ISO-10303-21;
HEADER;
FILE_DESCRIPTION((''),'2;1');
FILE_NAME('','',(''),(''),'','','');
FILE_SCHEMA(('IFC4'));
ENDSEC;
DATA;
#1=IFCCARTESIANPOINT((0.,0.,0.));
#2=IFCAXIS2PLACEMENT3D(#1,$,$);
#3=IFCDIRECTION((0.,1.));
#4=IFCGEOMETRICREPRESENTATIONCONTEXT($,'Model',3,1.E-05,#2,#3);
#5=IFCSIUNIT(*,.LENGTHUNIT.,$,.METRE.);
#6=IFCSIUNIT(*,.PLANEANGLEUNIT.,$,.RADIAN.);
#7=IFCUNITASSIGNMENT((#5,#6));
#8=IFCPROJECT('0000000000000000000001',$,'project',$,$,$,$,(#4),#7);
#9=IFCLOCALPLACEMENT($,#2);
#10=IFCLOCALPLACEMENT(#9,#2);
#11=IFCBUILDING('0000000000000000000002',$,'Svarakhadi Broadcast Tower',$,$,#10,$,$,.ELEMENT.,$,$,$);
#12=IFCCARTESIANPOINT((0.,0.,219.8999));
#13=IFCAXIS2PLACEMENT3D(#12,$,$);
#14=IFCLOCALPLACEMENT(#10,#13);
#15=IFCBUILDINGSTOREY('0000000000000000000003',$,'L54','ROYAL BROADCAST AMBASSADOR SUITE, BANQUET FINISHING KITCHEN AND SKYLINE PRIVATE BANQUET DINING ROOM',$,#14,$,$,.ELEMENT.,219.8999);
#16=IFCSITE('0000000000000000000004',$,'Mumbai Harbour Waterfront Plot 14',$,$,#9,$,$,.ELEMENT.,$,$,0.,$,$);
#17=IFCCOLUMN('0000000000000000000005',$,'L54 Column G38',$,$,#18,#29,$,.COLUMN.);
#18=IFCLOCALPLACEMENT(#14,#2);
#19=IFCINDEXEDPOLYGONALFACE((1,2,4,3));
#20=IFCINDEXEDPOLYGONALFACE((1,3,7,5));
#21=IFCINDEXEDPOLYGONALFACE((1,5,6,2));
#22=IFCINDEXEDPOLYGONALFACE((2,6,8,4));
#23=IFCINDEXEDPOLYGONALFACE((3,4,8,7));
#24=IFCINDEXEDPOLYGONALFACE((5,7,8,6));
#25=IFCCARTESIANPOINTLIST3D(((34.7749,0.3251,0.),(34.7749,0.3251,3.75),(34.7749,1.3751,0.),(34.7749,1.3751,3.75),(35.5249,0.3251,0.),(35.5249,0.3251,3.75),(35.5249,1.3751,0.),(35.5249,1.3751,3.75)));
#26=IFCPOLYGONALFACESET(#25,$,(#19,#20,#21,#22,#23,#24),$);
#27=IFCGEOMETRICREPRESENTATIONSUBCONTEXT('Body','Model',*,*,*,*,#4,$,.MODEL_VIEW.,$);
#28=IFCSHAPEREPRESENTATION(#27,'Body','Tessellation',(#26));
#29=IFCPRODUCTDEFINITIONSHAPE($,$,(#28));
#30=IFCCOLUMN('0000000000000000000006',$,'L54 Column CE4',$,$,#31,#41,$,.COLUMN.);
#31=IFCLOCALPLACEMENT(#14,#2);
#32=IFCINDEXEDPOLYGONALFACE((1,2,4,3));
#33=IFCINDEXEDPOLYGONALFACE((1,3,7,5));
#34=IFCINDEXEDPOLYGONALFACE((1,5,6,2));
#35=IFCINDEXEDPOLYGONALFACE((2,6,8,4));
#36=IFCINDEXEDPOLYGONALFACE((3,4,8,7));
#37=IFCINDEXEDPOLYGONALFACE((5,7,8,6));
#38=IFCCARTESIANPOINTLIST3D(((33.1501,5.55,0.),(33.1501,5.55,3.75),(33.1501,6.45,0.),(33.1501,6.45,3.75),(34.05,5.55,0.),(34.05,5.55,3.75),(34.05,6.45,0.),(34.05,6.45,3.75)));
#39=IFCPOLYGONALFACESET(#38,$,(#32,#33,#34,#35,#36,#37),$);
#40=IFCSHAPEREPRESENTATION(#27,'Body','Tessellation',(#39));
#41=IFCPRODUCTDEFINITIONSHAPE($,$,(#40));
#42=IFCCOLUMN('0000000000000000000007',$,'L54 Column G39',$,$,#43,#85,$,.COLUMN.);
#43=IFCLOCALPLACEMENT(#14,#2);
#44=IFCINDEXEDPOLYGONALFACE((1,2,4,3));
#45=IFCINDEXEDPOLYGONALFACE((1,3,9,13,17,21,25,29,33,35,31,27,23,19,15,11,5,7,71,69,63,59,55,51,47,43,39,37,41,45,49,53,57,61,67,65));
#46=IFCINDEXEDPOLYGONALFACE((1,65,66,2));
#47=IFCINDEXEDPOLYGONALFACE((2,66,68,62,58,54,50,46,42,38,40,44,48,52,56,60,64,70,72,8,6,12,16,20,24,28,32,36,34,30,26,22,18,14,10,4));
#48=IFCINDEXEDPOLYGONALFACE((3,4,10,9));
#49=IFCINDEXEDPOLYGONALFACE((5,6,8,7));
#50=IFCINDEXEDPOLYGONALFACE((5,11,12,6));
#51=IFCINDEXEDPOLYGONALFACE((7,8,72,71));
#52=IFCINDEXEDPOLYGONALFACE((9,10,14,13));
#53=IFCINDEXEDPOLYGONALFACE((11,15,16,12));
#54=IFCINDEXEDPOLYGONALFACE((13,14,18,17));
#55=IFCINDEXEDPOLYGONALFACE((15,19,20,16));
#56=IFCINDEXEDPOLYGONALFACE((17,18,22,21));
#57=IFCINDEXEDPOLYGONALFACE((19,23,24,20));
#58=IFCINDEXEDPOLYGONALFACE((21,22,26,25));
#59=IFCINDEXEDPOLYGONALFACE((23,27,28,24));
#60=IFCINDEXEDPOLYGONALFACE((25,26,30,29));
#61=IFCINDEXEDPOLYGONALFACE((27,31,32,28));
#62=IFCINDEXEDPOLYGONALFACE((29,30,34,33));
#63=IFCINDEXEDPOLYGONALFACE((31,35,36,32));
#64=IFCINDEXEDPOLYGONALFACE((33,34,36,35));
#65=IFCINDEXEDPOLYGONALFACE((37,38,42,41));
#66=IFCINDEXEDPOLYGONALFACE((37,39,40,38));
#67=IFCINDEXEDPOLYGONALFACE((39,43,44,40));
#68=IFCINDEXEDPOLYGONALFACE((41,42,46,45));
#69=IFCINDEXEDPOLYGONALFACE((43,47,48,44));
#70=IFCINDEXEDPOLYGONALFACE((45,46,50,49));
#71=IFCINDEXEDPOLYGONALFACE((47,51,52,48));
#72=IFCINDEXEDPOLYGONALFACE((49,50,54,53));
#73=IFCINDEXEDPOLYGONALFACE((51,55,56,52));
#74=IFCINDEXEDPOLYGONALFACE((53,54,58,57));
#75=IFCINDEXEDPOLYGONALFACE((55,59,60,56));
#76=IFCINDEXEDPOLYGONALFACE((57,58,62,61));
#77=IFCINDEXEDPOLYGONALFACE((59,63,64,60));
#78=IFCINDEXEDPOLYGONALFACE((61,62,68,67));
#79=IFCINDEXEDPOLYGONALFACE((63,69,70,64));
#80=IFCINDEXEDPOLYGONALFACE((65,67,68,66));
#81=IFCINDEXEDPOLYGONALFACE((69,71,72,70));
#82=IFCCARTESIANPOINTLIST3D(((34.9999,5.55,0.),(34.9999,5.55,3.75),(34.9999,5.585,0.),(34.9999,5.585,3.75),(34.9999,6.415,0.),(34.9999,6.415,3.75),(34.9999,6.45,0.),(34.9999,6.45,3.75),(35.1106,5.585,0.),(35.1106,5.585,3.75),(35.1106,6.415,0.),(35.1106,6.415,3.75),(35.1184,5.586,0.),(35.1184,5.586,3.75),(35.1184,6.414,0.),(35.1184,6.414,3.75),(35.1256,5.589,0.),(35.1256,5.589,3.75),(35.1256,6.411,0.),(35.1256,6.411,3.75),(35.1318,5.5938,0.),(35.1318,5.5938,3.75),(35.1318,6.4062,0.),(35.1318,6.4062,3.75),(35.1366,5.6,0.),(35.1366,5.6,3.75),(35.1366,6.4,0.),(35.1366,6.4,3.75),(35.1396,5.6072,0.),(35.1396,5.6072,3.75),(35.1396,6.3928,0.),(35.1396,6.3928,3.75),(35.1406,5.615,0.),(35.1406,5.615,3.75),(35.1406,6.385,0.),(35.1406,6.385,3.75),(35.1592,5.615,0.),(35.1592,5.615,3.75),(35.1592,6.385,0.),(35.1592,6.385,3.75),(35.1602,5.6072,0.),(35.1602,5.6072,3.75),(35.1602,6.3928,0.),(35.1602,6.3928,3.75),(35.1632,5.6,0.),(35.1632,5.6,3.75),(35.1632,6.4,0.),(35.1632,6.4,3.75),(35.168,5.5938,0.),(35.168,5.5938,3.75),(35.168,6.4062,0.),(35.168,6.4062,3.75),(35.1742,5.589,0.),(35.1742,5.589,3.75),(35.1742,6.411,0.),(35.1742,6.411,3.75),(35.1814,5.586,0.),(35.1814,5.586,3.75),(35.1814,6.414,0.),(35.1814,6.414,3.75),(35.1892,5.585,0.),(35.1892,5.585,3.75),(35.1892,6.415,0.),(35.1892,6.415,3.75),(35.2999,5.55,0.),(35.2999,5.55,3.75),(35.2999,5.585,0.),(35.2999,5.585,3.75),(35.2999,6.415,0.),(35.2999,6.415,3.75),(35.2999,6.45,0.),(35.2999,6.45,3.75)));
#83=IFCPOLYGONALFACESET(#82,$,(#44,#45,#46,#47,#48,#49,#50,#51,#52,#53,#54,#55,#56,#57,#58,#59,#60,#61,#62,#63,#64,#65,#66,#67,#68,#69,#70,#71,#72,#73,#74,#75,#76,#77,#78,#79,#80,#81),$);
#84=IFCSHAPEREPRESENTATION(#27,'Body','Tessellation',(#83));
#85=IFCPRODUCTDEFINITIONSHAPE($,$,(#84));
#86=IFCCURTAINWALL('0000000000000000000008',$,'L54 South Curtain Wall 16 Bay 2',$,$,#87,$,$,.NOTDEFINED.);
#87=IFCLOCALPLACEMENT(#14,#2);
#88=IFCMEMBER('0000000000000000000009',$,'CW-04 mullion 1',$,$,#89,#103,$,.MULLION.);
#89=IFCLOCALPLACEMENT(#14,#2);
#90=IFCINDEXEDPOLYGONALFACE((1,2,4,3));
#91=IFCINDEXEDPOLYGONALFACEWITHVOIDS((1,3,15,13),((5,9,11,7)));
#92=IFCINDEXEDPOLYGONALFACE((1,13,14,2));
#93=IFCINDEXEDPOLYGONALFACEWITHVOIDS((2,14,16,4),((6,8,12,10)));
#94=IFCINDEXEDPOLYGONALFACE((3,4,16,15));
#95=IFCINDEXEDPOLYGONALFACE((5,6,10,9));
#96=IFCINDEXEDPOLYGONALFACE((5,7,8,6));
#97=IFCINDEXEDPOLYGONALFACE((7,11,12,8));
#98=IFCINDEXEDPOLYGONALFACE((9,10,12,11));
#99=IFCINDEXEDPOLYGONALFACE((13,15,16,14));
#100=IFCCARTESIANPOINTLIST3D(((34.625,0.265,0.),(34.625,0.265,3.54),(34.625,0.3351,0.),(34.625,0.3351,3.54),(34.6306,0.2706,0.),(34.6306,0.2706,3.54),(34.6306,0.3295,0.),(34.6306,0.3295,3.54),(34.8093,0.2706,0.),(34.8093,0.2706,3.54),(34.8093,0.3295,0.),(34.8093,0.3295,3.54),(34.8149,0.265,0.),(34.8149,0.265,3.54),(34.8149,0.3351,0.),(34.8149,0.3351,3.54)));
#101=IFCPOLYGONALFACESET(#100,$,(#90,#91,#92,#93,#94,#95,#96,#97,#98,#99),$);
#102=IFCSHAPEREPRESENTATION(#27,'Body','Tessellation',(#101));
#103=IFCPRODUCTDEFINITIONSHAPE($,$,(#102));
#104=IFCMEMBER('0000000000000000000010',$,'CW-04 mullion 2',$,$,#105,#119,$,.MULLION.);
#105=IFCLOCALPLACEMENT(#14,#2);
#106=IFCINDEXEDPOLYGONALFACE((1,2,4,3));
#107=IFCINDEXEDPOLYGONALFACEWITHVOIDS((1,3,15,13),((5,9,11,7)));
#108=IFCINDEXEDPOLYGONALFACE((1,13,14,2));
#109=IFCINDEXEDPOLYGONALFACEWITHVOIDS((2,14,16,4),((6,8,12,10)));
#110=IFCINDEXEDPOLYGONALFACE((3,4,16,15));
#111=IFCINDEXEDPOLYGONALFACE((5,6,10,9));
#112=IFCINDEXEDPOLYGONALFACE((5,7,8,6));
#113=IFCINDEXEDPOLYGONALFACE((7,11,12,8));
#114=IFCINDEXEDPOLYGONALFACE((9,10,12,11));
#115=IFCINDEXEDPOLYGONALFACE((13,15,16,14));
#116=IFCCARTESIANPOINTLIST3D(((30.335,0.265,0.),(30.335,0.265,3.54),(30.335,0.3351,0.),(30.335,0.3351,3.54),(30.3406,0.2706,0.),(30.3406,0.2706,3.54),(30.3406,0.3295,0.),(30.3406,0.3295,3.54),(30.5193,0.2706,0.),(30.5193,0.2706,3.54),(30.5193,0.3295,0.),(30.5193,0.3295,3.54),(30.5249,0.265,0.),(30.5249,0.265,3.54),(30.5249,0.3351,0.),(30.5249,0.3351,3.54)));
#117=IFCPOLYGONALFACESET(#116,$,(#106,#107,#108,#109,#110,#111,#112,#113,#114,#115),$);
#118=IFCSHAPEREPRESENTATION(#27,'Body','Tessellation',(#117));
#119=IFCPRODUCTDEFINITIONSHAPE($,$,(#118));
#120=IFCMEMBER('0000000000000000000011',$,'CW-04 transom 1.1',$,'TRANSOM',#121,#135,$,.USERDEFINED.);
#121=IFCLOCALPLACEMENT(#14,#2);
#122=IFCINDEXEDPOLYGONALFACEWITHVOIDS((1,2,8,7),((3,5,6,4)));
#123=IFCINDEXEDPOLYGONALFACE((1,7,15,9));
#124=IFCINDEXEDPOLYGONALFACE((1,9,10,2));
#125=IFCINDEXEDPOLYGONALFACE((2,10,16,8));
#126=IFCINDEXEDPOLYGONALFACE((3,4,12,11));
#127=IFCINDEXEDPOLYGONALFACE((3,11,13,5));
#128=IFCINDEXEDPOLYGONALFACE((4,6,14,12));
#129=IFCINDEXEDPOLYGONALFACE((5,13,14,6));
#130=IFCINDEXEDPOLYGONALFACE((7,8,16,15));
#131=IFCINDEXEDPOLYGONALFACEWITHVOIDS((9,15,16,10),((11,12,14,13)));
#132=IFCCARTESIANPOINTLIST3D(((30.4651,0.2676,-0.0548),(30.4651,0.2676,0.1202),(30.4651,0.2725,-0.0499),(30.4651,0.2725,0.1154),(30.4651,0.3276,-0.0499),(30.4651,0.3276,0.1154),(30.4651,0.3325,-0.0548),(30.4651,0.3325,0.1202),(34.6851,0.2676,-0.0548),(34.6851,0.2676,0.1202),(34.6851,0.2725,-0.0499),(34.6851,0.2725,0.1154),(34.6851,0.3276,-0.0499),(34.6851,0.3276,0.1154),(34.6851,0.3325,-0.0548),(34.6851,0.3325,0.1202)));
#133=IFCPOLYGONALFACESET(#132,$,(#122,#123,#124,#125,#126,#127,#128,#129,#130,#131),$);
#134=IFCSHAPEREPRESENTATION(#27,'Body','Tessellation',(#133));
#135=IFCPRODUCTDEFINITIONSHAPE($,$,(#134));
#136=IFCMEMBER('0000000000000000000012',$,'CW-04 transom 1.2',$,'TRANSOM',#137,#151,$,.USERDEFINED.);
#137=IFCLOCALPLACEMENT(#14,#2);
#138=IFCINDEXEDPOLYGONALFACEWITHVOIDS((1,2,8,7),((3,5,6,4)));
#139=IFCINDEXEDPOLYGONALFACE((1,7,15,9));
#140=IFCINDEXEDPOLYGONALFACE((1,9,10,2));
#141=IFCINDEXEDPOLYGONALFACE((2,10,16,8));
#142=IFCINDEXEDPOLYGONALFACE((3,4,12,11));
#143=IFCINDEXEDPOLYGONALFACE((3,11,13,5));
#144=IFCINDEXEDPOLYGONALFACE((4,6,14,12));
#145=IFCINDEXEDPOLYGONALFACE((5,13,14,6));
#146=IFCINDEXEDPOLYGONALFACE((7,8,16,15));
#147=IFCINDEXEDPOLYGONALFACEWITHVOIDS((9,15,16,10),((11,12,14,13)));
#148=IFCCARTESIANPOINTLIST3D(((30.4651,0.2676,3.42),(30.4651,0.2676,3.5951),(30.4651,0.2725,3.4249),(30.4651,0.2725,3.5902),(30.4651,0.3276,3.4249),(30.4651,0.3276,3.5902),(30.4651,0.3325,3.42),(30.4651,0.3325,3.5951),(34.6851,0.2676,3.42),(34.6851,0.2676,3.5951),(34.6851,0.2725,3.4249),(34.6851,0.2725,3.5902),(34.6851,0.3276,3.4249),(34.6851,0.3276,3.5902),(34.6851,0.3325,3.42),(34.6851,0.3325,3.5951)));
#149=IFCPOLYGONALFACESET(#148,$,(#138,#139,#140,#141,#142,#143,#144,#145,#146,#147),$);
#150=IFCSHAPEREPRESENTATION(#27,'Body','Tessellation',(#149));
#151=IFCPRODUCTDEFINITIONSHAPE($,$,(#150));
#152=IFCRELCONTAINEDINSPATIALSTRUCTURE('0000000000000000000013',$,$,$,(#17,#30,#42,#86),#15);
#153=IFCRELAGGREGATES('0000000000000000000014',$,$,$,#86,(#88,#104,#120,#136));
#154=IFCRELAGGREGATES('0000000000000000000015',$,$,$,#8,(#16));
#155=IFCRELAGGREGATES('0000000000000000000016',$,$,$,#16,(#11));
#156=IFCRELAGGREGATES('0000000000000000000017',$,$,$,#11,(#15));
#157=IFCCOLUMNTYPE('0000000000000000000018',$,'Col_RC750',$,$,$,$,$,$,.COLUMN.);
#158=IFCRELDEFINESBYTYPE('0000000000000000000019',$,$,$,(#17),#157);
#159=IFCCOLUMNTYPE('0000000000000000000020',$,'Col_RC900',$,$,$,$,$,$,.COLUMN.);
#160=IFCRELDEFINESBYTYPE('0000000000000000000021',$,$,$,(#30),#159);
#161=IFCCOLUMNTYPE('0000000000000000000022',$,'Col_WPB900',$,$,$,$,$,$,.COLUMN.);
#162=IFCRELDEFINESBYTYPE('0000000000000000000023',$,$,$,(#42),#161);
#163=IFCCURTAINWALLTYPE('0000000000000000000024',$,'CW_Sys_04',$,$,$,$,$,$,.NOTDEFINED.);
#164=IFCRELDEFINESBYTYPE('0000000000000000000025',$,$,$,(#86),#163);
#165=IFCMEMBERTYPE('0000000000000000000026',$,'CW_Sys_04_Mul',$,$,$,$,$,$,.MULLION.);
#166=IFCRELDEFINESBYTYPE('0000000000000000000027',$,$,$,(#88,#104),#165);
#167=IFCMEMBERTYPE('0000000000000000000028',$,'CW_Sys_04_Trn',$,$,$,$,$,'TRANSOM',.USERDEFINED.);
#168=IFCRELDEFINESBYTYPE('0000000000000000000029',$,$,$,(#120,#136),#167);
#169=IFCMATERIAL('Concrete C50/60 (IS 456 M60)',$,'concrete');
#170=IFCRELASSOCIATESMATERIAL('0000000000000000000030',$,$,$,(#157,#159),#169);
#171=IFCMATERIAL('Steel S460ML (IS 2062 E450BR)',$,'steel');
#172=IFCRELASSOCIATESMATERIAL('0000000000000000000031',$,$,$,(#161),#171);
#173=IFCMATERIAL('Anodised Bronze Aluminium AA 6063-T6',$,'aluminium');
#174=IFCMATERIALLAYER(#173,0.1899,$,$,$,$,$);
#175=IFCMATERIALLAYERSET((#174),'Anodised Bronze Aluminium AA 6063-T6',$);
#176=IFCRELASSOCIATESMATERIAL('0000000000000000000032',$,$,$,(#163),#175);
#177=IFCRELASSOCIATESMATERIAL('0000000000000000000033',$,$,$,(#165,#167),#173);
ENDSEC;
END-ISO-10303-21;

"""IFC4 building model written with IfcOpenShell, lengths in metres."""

from ifc_helpers import new_model, si_unit, direction, frame, origin, origin_2d, place, context, subcontext, project, spatial, rectangle, hollow_rectangle, i_section, extrude, material, layer, layer_set, material_profile, profile_set, type_object, element, aggregate, save


model = new_model("IFC4")

# Units and contexts
model_context = context("Model", 3, precision=1e-05, world=origin(), true_north=direction((0.0, 1.0)))
body_context = subcontext(model_context, "Body", "Model", "MODEL_VIEW")
ifc_project = project(units=[si_unit("LENGTHUNIT", "METRE"), si_unit("PLANEANGLEUNIT", "RADIAN")], contexts=[model_context])

# Site, building, storey
site_placement = place(None, origin())
site = spatial("IfcSite", under=ifc_project, at=site_placement, Name="Mumbai Harbour Waterfront Plot 14", CompositionType="ELEMENT", RefElevation=0.0)
building_placement = place(site_placement, origin())
building = spatial("IfcBuilding", under=site, at=building_placement, Name="Svarakhadi Broadcast Tower", CompositionType="ELEMENT")
storey_placement = place(building_placement, frame((0.0, 0.0, 219.8999)))
storey = spatial("IfcBuildingStorey", under=building, at=storey_placement, Name="L54", Description="ROYAL BROADCAST AMBASSADOR SUITE, BANQUET FINISHING KITCHEN AND SKYLINE PRIVATE BANQUET DINING ROOM", CompositionType="ELEMENT", Elevation=219.8999)

# Columns
ifc_material_1 = material(Name="Concrete C50/60 (IS 456 M60)", Category="concrete")
ifc_material_profile_1 = material_profile(ifc_material_1, rectangle(XDim=0.75, YDim=1.05, at=origin_2d()), Name="RC 750x1050")
ifc_profile_set_1 = profile_set([ifc_material_profile_1], Name="Concrete C50/60 (IS 456 M60)")
column_type_1 = type_object("IfcColumnType", Name="Col_RC750", PredefinedType="COLUMN", material=ifc_profile_set_1)
column_1_placement = place(storey_placement, frame((35.1499, 0.8501, 0.0), z_axis=(0.0, 0.0, 1.0), x_axis=(1.0, 0.0, 0.0)))
element("IfcColumn", 1, at=column_1_placement, inside=storey, type_object=column_type_1, Name="L54 Column G38", PredefinedType="COLUMN", context=body_context, shape_type="SweptSolid", body=[
    extrude(rectangle(XDim=0.75, YDim=1.05, at=origin_2d()), origin(), (0.0, 0.0, 1.0), 3.75),
])
ifc_material_profile_2 = material_profile(ifc_material_1, rectangle(XDim=0.8999, YDim=0.8999, at=origin_2d()), Name="RC 900x900")
ifc_profile_set_2 = profile_set([ifc_material_profile_2], Name="Concrete C50/60 (IS 456 M60)")
column_type_2 = type_object("IfcColumnType", Name="Col_RC900", PredefinedType="COLUMN", material=ifc_profile_set_2)
column_2_placement = place(storey_placement, frame((33.6001, 6.0, 0.0), z_axis=(0.0, 0.0, 1.0), x_axis=(1.0, 0.0, 0.0)))
element("IfcColumn", 2, at=column_2_placement, inside=storey, type_object=column_type_2, Name="L54 Column CE4", PredefinedType="COLUMN", context=body_context, shape_type="SweptSolid", body=[
    extrude(rectangle(XDim=0.8999, YDim=0.8999, at=origin_2d()), origin(), (0.0, 0.0, 1.0), 3.75),
])
ifc_material_2 = material(Name="Steel S460ML (IS 2062 E450BR)", Category="steel")
ifc_material_profile_3 = material_profile(ifc_material_2, i_section(OverallWidth=0.3, OverallDepth=0.8999, WebThickness=0.0186, FlangeThickness=0.0349, FilletRadius=0.03, at=origin_2d()), Name="WPB 900x300x291")
ifc_profile_set_3 = profile_set([ifc_material_profile_3], Name="Steel S460ML (IS 2062 E450BR)")
column_type_3 = type_object("IfcColumnType", Name="Col_WPB900", PredefinedType="COLUMN", material=ifc_profile_set_3)
column_3_placement = place(storey_placement, frame((35.1499, 6.0, 0.0), z_axis=(0.0, 0.0, 1.0), x_axis=(1.0, 0.0, 0.0)))
element("IfcColumn", 3, at=column_3_placement, inside=storey, type_object=column_type_3, Name="L54 Column G39", PredefinedType="COLUMN", context=body_context, shape_type="SweptSolid", body=[
    extrude(i_section(OverallWidth=0.3, OverallDepth=0.8999, WebThickness=0.0186, FlangeThickness=0.0349, FilletRadius=0.03, at=origin_2d()), origin(), (0.0, 0.0, 1.0), 3.75),
])

# Curtain wall, members
ifc_material_3 = material(Name="Anodised Bronze Aluminium AA 6063-T6", Category="aluminium")
ifc_layer_1 = layer(ifc_material_3, 0.1899)
ifc_layer_set_1 = layer_set([ifc_layer_1], Name="Anodised Bronze Aluminium AA 6063-T6")
curtain_wall_type = type_object("IfcCurtainWallType", Name="CW_Sys_04", PredefinedType="NOTDEFINED", material=ifc_layer_set_1)
curtain_wall_placement = place(storey_placement, origin())
curtain_wall = element("IfcCurtainWall", 4, at=curtain_wall_placement, inside=storey, type_object=curtain_wall_type, Name="L54 South Curtain Wall 16 Bay 2", PredefinedType="NOTDEFINED")
ifc_material_profile_4 = material_profile(ifc_material_3, hollow_rectangle(XDim=0.0701, YDim=0.1899, WallThickness=0.0056, at=origin_2d()), Name="ALU MULLION 190x70x6")
ifc_profile_set_4 = profile_set([ifc_material_profile_4], Name="Anodised Bronze Aluminium AA 6063-T6")
member_type_1 = type_object("IfcMemberType", Name="CW_Sys_04_Mul", PredefinedType="MULLION", material=ifc_profile_set_4)
member_1_placement = place(storey_placement, frame((34.72, 0.3, 0.0), z_axis=(0.0, 0.0, 1.0), x_axis=(0.0, -1.0, 0.0)))
member_1 = element("IfcMember", 5, at=member_1_placement, type_object=member_type_1, Name="CW-04 mullion 1", PredefinedType="MULLION", context=body_context, shape_type="SweptSolid", body=[
    extrude(hollow_rectangle(XDim=0.0701, YDim=0.1899, WallThickness=0.0056, at=origin_2d()), origin(), (0.0, 0.0, 1.0), 3.54),
])
member_2_placement = place(storey_placement, frame((30.4299, 0.3, 0.0), z_axis=(0.0, 0.0, 1.0), x_axis=(0.0, -1.0, 0.0)))
member_2 = element("IfcMember", 6, at=member_2_placement, type_object=member_type_1, Name="CW-04 mullion 2", PredefinedType="MULLION", context=body_context, shape_type="SweptSolid", body=[
    extrude(hollow_rectangle(XDim=0.0701, YDim=0.1899, WallThickness=0.0056, at=origin_2d()), origin(), (0.0, 0.0, 1.0), 3.54),
])
ifc_material_profile_5 = material_profile(ifc_material_3, hollow_rectangle(XDim=0.0649, YDim=0.175, WallThickness=0.0049, at=origin_2d()), Name="ALU TRANSOM 175x65x5")
ifc_profile_set_5 = profile_set([ifc_material_profile_5], Name="Anodised Bronze Aluminium AA 6063-T6")
member_type_2 = type_object("IfcMemberType", Name="CW_Sys_04_Trn", ElementType="TRANSOM", PredefinedType="USERDEFINED", material=ifc_profile_set_5)
member_3_placement = place(storey_placement, frame((34.6851, 0.3, 0.0327), z_axis=(-1.0, 0.0, 0.0), x_axis=(0.0, -1.0, 0.0)))
member_3 = element("IfcMember", 7, at=member_3_placement, type_object=member_type_2, Name="CW-04 transom 1.1", ObjectType="TRANSOM", PredefinedType="USERDEFINED", context=body_context, shape_type="SweptSolid", body=[
    extrude(hollow_rectangle(XDim=0.0649, YDim=0.175, WallThickness=0.0049, at=origin_2d()), origin(), (0.0, 0.0, 1.0), 4.22),
])
member_4_placement = place(storey_placement, frame((34.6851, 0.3, 3.5076), z_axis=(-1.0, 0.0, 0.0), x_axis=(0.0, -1.0, 0.0)))
member_4 = element("IfcMember", 8, at=member_4_placement, type_object=member_type_2, Name="CW-04 transom 1.2", ObjectType="TRANSOM", PredefinedType="USERDEFINED", context=body_context, shape_type="SweptSolid", body=[
    extrude(hollow_rectangle(XDim=0.0649, YDim=0.175, WallThickness=0.0049, at=origin_2d()), origin(), (0.0, 0.0, 1.0), 4.22),
])

aggregate(curtain_wall, [member_1, member_2, member_3, member_4])

save(model, "model.ifc")
